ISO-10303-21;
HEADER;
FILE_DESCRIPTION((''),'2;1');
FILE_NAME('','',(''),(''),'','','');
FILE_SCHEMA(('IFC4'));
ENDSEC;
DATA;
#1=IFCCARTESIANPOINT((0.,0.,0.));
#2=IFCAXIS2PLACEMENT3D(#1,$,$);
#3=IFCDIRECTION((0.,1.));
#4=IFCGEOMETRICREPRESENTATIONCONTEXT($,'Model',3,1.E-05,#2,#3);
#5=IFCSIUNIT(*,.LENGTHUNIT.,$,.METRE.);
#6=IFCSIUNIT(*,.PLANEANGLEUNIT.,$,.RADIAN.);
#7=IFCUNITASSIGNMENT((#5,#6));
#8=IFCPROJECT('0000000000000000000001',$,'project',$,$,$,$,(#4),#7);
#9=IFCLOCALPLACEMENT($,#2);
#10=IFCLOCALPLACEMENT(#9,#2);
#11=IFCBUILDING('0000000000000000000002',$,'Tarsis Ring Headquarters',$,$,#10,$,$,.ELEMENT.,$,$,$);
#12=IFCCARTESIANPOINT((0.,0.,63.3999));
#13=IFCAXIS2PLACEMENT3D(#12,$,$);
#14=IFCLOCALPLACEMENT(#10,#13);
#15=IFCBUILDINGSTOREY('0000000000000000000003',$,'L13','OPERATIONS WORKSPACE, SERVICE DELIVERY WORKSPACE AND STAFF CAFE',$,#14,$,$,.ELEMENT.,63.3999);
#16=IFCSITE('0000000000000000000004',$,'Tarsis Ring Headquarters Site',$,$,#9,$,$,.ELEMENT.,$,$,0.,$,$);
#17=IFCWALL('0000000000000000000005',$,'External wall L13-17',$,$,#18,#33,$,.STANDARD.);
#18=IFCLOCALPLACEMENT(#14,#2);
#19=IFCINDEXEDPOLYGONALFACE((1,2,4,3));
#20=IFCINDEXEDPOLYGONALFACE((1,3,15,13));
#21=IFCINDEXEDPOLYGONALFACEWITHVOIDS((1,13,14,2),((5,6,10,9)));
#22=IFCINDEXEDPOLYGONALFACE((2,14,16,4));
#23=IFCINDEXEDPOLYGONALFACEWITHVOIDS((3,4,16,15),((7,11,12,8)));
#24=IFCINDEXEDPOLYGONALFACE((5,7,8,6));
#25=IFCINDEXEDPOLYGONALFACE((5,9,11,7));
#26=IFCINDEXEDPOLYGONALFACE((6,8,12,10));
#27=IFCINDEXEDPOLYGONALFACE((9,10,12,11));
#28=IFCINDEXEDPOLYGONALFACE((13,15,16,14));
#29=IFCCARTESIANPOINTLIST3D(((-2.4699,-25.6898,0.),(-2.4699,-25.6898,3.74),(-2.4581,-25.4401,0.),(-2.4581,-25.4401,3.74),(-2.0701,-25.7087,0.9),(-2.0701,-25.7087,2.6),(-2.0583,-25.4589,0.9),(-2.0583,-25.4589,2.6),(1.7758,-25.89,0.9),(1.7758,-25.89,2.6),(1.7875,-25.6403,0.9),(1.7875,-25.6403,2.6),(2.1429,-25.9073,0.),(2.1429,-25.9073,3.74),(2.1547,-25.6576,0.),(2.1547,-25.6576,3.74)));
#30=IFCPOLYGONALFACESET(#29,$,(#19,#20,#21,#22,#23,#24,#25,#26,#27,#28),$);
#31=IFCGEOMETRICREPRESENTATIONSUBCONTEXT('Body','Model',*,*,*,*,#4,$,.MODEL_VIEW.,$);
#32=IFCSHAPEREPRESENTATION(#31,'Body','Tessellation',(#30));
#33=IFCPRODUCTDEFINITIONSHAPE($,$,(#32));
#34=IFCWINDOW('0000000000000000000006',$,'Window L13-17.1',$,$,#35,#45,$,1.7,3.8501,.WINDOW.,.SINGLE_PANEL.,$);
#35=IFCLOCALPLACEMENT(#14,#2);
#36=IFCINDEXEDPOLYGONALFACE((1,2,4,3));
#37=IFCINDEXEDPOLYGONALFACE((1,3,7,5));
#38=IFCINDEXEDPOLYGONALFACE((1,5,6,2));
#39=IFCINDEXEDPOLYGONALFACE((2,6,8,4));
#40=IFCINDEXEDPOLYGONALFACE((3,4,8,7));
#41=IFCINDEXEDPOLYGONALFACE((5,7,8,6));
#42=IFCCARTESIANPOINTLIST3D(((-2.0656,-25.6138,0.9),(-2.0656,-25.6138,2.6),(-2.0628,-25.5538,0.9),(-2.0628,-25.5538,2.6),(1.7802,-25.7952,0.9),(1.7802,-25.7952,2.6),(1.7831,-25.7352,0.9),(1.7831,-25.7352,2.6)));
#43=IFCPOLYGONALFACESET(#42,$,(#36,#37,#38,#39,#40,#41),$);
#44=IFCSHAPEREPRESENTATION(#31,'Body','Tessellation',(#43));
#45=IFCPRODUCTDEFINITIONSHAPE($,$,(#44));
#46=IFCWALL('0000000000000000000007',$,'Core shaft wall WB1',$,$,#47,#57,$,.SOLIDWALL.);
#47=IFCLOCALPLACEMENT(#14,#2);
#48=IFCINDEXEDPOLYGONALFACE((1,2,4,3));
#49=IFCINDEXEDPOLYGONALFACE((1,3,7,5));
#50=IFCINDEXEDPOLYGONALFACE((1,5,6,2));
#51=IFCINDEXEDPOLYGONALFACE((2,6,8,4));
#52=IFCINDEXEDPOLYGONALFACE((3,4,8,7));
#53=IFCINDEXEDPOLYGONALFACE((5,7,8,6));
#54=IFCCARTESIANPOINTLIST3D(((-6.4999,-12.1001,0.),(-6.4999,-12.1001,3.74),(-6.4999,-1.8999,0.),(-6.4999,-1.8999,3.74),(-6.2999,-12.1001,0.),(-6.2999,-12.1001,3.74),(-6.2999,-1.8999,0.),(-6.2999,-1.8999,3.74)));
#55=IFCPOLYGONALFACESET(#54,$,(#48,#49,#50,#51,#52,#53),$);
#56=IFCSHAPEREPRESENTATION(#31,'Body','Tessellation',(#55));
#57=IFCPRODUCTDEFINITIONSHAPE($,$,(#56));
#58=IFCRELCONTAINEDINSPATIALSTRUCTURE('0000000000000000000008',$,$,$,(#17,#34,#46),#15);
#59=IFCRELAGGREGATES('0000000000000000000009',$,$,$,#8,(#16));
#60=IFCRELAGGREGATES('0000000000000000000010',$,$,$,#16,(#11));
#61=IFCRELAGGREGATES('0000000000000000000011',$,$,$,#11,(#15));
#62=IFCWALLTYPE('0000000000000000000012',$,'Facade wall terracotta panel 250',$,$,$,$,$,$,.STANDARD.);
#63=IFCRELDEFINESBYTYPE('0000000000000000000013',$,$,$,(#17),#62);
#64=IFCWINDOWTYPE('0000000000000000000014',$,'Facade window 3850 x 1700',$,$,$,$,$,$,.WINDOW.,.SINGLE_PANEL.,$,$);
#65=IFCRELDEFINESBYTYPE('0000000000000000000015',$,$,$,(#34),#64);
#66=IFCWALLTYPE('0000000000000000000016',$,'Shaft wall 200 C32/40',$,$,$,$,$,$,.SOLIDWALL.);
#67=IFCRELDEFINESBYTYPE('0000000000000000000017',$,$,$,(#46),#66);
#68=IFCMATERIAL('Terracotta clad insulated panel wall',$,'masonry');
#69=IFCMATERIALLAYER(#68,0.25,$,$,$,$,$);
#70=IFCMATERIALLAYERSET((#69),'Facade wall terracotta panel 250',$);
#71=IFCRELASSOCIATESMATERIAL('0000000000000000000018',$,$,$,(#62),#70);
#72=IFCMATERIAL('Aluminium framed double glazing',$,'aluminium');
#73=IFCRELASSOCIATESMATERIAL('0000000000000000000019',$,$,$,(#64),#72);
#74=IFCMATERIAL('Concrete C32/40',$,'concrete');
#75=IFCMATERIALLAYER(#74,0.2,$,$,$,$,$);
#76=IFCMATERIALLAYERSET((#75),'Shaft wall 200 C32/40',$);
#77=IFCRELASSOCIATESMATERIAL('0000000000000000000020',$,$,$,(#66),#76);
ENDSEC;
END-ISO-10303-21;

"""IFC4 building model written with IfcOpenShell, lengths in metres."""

from ifc_helpers import new_model, si_unit, direction, frame, frame_2d, origin, place, context, subcontext, project, spatial, rectangle, extrude, material, layer, layer_set, type_object, element, fill, save


model = new_model("IFC4")

# Units and contexts
model_context = context("Model", 3, precision=1e-05, world=origin(), true_north=direction((0.0, 1.0)))
body_context = subcontext(model_context, "Body", "Model", "MODEL_VIEW")
ifc_project = project(units=[si_unit("LENGTHUNIT", "METRE"), si_unit("PLANEANGLEUNIT", "RADIAN")], contexts=[model_context])

# Site, building, storey
site_placement = place(None, origin())
site = spatial("IfcSite", under=ifc_project, at=site_placement, Name="Tarsis Ring Headquarters Site", CompositionType="ELEMENT", RefElevation=0.0)
building_placement = place(site_placement, origin())
building = spatial("IfcBuilding", under=site, at=building_placement, Name="Tarsis Ring Headquarters", CompositionType="ELEMENT")
storey_placement = place(building_placement, frame((0.0, 0.0, 63.3999)))
storey = spatial("IfcBuildingStorey", under=building, at=storey_placement, Name="L13", Description="OPERATIONS WORKSPACE, SERVICE DELIVERY WORKSPACE AND STAFF CAFE", CompositionType="ELEMENT", Elevation=63.3999)

# Wall, opening, window
ifc_material_1 = material(Name="Terracotta clad insulated panel wall", Category="masonry")
ifc_layer_1 = layer(ifc_material_1, 0.25)
ifc_layer_set_1 = layer_set([ifc_layer_1], Name="Facade wall terracotta panel 250")
wall_type_1 = type_object("IfcWallType", Name="Facade wall terracotta panel 250", PredefinedType="STANDARD", material=ifc_layer_set_1)
wall_1_placement = place(storey_placement, frame((-2.4641, -25.5649, 0.0), z_axis=(0.0, 0.0, 1.0), x_axis=(0.99889, -0.047105, 0.0)))
wall_1 = element("IfcWall", 1, at=wall_1_placement, inside=storey, type_object=wall_type_1, Name="External wall L13-17", PredefinedType="STANDARD", context=body_context, shape_type="SweptSolid", body=[
    extrude(rectangle(XDim=4.6179, YDim=0.25, at=frame_2d((2.3091, 0.0))), origin(), (0.0, 0.0, 1.0), 3.74),
])
opening_1_placement = place(wall_1_placement, frame((0.4004, 0.0, 0.8999)))
opening_1 = element("IfcOpeningElement", 2, at=opening_1_placement, cuts=wall_1, PredefinedType="OPENING", context=body_context, shape_type="SweptSolid", body=[
    extrude(rectangle(XDim=3.8501, YDim=1.7, at=frame_2d((1.925, 0.8501))), frame((0.0, 0.135, 0.0), z_axis=(0.0, -1.0, 0.0), x_axis=(1.0, 0.0, 0.0)), (0.0, 0.0, 1.0), 0.27),
])
ifc_material_2 = material(Name="Aluminium framed double glazing", Category="aluminium")
window_type = type_object("IfcWindowType", Name="Facade window 3850 x 1700", PartitioningType="SINGLE_PANEL", PredefinedType="WINDOW", material=ifc_material_2)
window_placement = place(opening_1_placement, origin())
window = element("IfcWindow", 3, at=window_placement, inside=storey, type_object=window_type, Name="Window L13-17.1", OverallHeight=1.7, OverallWidth=3.8501, PartitioningType="SINGLE_PANEL", PredefinedType="WINDOW", context=body_context, shape_type="SweptSolid", body=[
    extrude(rectangle(XDim=3.8501, YDim=1.7, at=frame_2d((1.925, 0.8501))), frame((0.0, 0.03, 0.0), z_axis=(0.0, -1.0, 0.0), x_axis=(1.0, 0.0, 0.0)), (0.0, 0.0, 1.0), 0.0601),
])
fill(opening_1, window)

# Wall
ifc_material_3 = material(Name="Concrete C32/40", Category="concrete")
ifc_layer_2 = layer(ifc_material_3, 0.2)
ifc_layer_set_2 = layer_set([ifc_layer_2], Name="Shaft wall 200 C32/40")
wall_type_2 = type_object("IfcWallType", Name="Shaft wall 200 C32/40", PredefinedType="SOLIDWALL", material=ifc_layer_set_2)
wall_2_placement = place(storey_placement, frame((-6.3999, -12.1001, 0.0), z_axis=(0.0, 0.0, 1.0), x_axis=(0.0, 1.0, 0.0)))
element("IfcWall", 4, at=wall_2_placement, inside=storey, type_object=wall_type_2, Name="Core shaft wall WB1", PredefinedType="SOLIDWALL", context=body_context, shape_type="SweptSolid", body=[
    extrude(rectangle(XDim=10.2002, YDim=0.2, at=frame_2d((5.1001, 0.0))), origin(), (0.0, 0.0, 1.0), 3.74),
])

save(model, "model.ifc")
